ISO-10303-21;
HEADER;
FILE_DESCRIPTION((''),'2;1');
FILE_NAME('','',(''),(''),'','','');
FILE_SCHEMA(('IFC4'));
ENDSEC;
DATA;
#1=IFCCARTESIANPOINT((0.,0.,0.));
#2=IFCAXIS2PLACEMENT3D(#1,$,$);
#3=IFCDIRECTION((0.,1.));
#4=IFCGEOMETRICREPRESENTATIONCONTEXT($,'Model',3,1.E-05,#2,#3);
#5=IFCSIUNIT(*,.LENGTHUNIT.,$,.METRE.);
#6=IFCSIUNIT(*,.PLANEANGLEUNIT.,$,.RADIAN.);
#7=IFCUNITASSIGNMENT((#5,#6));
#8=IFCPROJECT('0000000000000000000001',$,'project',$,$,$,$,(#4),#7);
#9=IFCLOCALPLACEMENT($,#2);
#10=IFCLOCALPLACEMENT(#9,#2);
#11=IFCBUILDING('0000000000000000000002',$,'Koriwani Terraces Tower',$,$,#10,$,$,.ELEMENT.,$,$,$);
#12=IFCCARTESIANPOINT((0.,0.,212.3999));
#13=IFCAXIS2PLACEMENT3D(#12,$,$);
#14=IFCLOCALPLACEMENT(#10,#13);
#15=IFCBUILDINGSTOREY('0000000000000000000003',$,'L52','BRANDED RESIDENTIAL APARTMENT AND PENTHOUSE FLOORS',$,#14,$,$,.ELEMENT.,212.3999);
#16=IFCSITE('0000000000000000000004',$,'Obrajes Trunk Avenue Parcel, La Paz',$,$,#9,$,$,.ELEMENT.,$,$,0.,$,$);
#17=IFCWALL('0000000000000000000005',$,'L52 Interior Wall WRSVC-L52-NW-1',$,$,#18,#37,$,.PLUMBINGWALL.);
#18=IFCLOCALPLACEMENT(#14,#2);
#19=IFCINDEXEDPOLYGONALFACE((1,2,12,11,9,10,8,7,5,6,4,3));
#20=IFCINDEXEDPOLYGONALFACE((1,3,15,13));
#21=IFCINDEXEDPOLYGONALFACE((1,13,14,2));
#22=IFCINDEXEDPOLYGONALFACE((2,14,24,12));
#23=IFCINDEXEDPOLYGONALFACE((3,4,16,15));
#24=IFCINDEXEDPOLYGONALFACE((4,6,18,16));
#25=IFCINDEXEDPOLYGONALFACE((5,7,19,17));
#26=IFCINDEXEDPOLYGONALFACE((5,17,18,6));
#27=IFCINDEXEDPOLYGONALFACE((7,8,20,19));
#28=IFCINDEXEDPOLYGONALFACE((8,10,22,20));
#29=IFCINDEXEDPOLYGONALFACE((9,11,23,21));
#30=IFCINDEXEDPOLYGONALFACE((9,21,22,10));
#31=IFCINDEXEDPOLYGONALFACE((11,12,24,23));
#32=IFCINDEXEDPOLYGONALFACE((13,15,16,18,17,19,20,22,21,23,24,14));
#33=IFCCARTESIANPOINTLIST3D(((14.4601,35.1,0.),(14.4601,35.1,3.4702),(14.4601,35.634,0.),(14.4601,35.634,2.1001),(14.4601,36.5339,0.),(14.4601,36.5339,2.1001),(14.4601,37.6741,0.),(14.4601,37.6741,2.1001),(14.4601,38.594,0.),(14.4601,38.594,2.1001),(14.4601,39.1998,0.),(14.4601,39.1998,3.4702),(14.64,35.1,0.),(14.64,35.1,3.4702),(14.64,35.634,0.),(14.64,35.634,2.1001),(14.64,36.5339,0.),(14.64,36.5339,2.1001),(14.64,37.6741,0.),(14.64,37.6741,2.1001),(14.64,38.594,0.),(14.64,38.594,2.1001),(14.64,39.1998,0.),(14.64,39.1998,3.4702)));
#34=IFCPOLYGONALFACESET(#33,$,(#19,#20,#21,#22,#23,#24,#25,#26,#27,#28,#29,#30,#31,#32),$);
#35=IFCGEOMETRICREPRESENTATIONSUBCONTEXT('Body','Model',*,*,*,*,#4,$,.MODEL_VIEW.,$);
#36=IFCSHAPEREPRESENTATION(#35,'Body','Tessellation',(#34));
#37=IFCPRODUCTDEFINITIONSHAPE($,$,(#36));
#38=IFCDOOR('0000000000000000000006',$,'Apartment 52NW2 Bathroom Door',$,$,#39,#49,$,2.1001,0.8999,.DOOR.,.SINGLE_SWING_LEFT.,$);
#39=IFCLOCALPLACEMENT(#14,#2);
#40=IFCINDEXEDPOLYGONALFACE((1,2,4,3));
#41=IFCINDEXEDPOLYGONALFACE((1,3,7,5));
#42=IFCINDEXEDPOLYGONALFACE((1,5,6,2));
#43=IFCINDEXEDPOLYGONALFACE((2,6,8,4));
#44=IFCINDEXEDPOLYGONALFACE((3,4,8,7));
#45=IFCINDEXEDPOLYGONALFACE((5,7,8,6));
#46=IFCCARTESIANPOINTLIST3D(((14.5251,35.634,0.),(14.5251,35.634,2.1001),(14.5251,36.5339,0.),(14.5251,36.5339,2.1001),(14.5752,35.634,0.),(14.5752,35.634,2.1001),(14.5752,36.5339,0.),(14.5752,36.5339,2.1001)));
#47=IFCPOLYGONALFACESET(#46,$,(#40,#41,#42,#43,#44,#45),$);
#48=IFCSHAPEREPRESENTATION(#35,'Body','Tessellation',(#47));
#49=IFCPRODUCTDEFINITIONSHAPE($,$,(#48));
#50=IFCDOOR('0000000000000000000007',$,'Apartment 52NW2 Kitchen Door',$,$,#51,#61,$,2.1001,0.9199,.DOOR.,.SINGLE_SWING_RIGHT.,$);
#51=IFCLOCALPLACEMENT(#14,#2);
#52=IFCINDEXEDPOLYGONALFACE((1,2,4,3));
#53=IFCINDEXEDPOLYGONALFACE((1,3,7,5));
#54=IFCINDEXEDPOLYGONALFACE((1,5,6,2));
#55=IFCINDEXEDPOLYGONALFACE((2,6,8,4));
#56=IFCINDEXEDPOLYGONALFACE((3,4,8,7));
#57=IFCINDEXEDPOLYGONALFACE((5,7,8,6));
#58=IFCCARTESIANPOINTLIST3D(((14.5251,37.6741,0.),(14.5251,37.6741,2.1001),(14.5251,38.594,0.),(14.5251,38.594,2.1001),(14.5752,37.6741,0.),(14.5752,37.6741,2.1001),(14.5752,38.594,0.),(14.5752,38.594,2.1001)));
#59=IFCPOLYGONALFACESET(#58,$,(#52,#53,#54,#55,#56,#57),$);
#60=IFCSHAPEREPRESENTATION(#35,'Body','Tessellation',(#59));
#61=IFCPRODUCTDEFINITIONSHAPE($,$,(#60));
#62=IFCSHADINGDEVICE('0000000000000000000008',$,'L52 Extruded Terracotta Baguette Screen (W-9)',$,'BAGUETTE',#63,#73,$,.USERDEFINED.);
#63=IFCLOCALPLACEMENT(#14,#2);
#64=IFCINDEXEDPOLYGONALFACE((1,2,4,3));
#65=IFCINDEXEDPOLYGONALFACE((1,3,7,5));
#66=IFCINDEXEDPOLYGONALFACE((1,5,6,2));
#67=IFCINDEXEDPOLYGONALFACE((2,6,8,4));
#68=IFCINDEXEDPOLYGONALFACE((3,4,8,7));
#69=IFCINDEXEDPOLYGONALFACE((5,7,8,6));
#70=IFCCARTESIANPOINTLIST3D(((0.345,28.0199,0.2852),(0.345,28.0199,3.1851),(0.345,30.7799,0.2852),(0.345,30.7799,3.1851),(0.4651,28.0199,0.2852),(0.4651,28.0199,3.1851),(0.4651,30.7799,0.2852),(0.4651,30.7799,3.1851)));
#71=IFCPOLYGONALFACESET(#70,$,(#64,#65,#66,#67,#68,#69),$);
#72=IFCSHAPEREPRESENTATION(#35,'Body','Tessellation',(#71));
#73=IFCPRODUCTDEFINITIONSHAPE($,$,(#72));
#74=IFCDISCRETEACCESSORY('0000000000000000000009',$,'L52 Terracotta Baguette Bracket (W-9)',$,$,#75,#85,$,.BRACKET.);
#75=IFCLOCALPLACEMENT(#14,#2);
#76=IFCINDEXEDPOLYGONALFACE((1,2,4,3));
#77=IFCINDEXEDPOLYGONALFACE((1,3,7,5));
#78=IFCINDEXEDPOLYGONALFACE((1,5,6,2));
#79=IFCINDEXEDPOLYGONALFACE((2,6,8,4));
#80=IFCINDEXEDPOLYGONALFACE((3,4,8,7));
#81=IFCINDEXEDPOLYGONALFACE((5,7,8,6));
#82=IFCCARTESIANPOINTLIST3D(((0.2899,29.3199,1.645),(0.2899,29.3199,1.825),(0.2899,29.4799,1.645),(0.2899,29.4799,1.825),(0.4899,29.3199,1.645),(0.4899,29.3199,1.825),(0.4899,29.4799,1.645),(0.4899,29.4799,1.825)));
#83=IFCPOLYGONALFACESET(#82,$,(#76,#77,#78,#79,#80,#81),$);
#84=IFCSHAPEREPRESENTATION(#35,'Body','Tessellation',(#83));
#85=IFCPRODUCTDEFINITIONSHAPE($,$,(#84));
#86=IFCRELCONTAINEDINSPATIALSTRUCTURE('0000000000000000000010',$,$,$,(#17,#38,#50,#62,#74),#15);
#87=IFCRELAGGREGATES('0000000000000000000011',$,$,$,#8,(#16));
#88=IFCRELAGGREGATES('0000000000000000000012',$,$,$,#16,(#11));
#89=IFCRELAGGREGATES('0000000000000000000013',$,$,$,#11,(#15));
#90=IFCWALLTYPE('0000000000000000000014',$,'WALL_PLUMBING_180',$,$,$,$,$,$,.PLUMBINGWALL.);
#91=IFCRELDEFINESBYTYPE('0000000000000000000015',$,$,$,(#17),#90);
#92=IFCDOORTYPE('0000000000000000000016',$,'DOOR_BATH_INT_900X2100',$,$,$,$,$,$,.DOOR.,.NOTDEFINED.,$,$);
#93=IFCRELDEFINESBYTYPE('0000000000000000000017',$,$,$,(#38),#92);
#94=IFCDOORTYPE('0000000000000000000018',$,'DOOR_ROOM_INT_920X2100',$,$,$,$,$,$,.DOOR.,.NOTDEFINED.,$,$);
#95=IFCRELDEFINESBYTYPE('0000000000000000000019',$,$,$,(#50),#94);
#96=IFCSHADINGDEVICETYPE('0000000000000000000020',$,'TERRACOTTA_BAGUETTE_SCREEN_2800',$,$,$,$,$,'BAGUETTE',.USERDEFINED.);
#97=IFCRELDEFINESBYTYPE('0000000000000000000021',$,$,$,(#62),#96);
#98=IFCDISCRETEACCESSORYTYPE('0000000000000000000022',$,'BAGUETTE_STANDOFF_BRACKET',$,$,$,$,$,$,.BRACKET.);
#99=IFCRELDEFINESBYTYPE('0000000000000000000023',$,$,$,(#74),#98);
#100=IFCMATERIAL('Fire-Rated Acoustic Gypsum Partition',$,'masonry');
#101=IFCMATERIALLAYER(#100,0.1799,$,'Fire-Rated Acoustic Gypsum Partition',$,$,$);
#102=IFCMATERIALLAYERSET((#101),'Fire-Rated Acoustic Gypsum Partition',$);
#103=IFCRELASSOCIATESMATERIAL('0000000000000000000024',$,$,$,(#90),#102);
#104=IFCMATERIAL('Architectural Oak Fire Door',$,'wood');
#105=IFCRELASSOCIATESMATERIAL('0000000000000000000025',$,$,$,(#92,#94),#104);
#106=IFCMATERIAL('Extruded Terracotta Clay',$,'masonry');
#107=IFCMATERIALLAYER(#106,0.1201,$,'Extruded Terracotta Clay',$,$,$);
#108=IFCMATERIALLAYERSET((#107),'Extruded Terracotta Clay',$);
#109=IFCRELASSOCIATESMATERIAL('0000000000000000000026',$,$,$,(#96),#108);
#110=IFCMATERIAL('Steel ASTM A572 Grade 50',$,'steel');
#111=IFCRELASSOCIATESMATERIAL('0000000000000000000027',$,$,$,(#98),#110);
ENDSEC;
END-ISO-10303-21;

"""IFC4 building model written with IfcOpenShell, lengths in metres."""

from ifc_helpers import new_model, si_unit, direction, frame, frame_2d, origin, origin_2d, place, context, subcontext, project, spatial, rectangle, extrude, material, layer, layer_set, type_object, element, fill, save


model = new_model("IFC4")

# Units and contexts
model_context = context("Model", 3, precision=1e-05, world=origin(), true_north=direction((0.0, 1.0)))
body_context = subcontext(model_context, "Body", "Model", "MODEL_VIEW")
ifc_project = project(units=[si_unit("LENGTHUNIT", "METRE"), si_unit("PLANEANGLEUNIT", "RADIAN")], contexts=[model_context])

# Site, building, storey
site_placement = place(None, origin())
site = spatial("IfcSite", under=ifc_project, at=site_placement, Name="Obrajes Trunk Avenue Parcel, La Paz", CompositionType="ELEMENT", RefElevation=0.0)
building_placement = place(site_placement, origin())
building = spatial("IfcBuilding", under=site, at=building_placement, Name="Koriwani Terraces Tower", CompositionType="ELEMENT")
storey_placement = place(building_placement, frame((0.0, 0.0, 212.3999)))
storey = spatial("IfcBuildingStorey", under=building, at=storey_placement, Name="L52", Description="BRANDED RESIDENTIAL APARTMENT AND PENTHOUSE FLOORS", CompositionType="ELEMENT", Elevation=212.3999)

# Shared definitions
ifc_material_1 = material(Name="Steel ASTM A572 Grade 50", Category="steel")

# Shared definitions
ifc_material_2 = material(Name="Architectural Oak Fire Door", Category="wood")

# Shared definitions
ifc_material_3 = material(Name="Fire-Rated Acoustic Gypsum Partition", Category="masonry")
ifc_layer_1 = layer(ifc_material_3, 0.1799, Name="Fire-Rated Acoustic Gypsum Partition")
ifc_layer_set_1 = layer_set([ifc_layer_1], Name="Fire-Rated Acoustic Gypsum Partition")
wall_type_1 = type_object("IfcWallType", Name="WALL_PLUMBING_180", PredefinedType="PLUMBINGWALL", material=ifc_layer_set_1)
door_type_1 = type_object("IfcDoorType", Name="DOOR_BATH_INT_900X2100", OperationType="NOTDEFINED", PredefinedType="DOOR", material=ifc_material_2)
door_type_2 = type_object("IfcDoorType", Name="DOOR_ROOM_INT_920X2100", OperationType="NOTDEFINED", PredefinedType="DOOR", material=ifc_material_2)

# Wall, openings, doors
wall_1_placement = place(storey_placement, frame((14.55, 35.1001, 0.0), z_axis=(0.0, 0.0, 1.0), x_axis=(0.0, 1.0, 0.0)))
wall_1 = element("IfcWall", 1, at=wall_1_placement, inside=storey, type_object=wall_type_1, Name="L52 Interior Wall WRSVC-L52-NW-1", PredefinedType="PLUMBINGWALL", context=body_context, shape_type="SweptSolid", body=[
    extrude(rectangle(XDim=4.0999, YDim=0.1799, at=frame_2d((2.0498, 0.0))), origin(), (0.0, 0.0, 1.0), 3.4702),
])
opening_1_placement = place(wall_1_placement, frame((0.5339, 0.0, 0.0)))
opening_1 = element("IfcOpeningElement", 2, at=opening_1_placement, cuts=wall_1, PredefinedType="OPENING", context=body_context, shape_type="SweptSolid", body=[
    extrude(rectangle(XDim=0.8999, YDim=2.1001, at=frame_2d((0.45, 1.05))), frame((0.0, 0.1001, 0.0), z_axis=(0.0, -1.0, 0.0), x_axis=(1.0, 0.0, 0.0)), (0.0, 0.0, 1.0), 0.2),
])
opening_2_placement = place(wall_1_placement, frame((2.574, 0.0, 0.0)))
opening_2 = element("IfcOpeningElement", 3, at=opening_2_placement, cuts=wall_1, PredefinedType="OPENING", context=body_context, shape_type="SweptSolid", body=[
    extrude(rectangle(XDim=0.9199, YDim=2.1001, at=frame_2d((0.46, 1.05))), frame((0.0, 0.1001, 0.0), z_axis=(0.0, -1.0, 0.0), x_axis=(1.0, 0.0, 0.0)), (0.0, 0.0, 1.0), 0.2),
])
door_1_placement = place(opening_1_placement, origin())
door_1 = element("IfcDoor", 4, at=door_1_placement, inside=storey, type_object=door_type_1, Name="Apartment 52NW2 Bathroom Door", OperationType="SINGLE_SWING_LEFT", OverallHeight=2.1001, OverallWidth=0.8999, PredefinedType="DOOR", context=body_context, shape_type="SweptSolid", body=[
    extrude(rectangle(XDim=0.8999, YDim=2.1001, at=frame_2d((0.45, 1.05))), frame((0.0, 0.0249, 0.0), z_axis=(0.0, -1.0, 0.0), x_axis=(1.0, 0.0, 0.0)), (0.0, 0.0, 1.0), 0.05),
])
fill(opening_1, door_1)
door_2_placement = place(opening_2_placement, origin())
door_2 = element("IfcDoor", 5, at=door_2_placement, inside=storey, type_object=door_type_2, Name="Apartment 52NW2 Kitchen Door", OperationType="SINGLE_SWING_RIGHT", OverallHeight=2.1001, OverallWidth=0.9199, PredefinedType="DOOR", context=body_context, shape_type="SweptSolid", body=[
    extrude(rectangle(XDim=0.9199, YDim=2.1001, at=frame_2d((0.46, 1.05))), frame((0.0, 0.0249, 0.0), z_axis=(0.0, -1.0, 0.0), x_axis=(1.0, 0.0, 0.0)), (0.0, 0.0, 1.0), 0.05),
])
fill(opening_2, door_2)

# Shading device
ifc_material_4 = material(Name="Extruded Terracotta Clay", Category="masonry")
ifc_layer_2 = layer(ifc_material_4, 0.1201, Name="Extruded Terracotta Clay")
ifc_layer_set_2 = layer_set([ifc_layer_2], Name="Extruded Terracotta Clay")
shading_device_type = type_object("IfcShadingDeviceType", Name="TERRACOTTA_BAGUETTE_SCREEN_2800", ElementType="BAGUETTE", PredefinedType="USERDEFINED", material=ifc_layer_set_2)
shading_device_placement = place(storey_placement, frame((0.405, 29.3999, 0.2852), z_axis=(0.0, 0.0, 1.0), x_axis=(0.0, 1.0, 0.0)))
element("IfcShadingDevice", 6, at=shading_device_placement, inside=storey, type_object=shading_device_type, Name="L52 Extruded Terracotta Baguette Screen (W-9)", ObjectType="BAGUETTE", PredefinedType="USERDEFINED", context=body_context, shape_type="SweptSolid", body=[
    extrude(rectangle(XDim=2.76, YDim=0.1201, at=origin_2d()), origin(), (0.0, 0.0, 1.0), 2.8999),
])

# Discrete accessory
discrete_accessory_type = type_object("IfcDiscreteAccessoryType", Name="BAGUETTE_STANDOFF_BRACKET", PredefinedType="BRACKET", material=ifc_material_1)
discrete_accessory_placement = place(storey_placement, frame((0.3899, 29.3999, 1.645), z_axis=(0.0, 0.0, 1.0), x_axis=(0.0, 1.0, 0.0)))
element("IfcDiscreteAccessory", 7, at=discrete_accessory_placement, inside=storey, type_object=discrete_accessory_type, Name="L52 Terracotta Baguette Bracket (W-9)", PredefinedType="BRACKET", context=body_context, shape_type="SweptSolid", body=[
    extrude(rectangle(XDim=0.1599, YDim=0.2, at=origin_2d()), origin(), (0.0, 0.0, 1.0), 0.1799),
])

save(model, "model.ifc")
